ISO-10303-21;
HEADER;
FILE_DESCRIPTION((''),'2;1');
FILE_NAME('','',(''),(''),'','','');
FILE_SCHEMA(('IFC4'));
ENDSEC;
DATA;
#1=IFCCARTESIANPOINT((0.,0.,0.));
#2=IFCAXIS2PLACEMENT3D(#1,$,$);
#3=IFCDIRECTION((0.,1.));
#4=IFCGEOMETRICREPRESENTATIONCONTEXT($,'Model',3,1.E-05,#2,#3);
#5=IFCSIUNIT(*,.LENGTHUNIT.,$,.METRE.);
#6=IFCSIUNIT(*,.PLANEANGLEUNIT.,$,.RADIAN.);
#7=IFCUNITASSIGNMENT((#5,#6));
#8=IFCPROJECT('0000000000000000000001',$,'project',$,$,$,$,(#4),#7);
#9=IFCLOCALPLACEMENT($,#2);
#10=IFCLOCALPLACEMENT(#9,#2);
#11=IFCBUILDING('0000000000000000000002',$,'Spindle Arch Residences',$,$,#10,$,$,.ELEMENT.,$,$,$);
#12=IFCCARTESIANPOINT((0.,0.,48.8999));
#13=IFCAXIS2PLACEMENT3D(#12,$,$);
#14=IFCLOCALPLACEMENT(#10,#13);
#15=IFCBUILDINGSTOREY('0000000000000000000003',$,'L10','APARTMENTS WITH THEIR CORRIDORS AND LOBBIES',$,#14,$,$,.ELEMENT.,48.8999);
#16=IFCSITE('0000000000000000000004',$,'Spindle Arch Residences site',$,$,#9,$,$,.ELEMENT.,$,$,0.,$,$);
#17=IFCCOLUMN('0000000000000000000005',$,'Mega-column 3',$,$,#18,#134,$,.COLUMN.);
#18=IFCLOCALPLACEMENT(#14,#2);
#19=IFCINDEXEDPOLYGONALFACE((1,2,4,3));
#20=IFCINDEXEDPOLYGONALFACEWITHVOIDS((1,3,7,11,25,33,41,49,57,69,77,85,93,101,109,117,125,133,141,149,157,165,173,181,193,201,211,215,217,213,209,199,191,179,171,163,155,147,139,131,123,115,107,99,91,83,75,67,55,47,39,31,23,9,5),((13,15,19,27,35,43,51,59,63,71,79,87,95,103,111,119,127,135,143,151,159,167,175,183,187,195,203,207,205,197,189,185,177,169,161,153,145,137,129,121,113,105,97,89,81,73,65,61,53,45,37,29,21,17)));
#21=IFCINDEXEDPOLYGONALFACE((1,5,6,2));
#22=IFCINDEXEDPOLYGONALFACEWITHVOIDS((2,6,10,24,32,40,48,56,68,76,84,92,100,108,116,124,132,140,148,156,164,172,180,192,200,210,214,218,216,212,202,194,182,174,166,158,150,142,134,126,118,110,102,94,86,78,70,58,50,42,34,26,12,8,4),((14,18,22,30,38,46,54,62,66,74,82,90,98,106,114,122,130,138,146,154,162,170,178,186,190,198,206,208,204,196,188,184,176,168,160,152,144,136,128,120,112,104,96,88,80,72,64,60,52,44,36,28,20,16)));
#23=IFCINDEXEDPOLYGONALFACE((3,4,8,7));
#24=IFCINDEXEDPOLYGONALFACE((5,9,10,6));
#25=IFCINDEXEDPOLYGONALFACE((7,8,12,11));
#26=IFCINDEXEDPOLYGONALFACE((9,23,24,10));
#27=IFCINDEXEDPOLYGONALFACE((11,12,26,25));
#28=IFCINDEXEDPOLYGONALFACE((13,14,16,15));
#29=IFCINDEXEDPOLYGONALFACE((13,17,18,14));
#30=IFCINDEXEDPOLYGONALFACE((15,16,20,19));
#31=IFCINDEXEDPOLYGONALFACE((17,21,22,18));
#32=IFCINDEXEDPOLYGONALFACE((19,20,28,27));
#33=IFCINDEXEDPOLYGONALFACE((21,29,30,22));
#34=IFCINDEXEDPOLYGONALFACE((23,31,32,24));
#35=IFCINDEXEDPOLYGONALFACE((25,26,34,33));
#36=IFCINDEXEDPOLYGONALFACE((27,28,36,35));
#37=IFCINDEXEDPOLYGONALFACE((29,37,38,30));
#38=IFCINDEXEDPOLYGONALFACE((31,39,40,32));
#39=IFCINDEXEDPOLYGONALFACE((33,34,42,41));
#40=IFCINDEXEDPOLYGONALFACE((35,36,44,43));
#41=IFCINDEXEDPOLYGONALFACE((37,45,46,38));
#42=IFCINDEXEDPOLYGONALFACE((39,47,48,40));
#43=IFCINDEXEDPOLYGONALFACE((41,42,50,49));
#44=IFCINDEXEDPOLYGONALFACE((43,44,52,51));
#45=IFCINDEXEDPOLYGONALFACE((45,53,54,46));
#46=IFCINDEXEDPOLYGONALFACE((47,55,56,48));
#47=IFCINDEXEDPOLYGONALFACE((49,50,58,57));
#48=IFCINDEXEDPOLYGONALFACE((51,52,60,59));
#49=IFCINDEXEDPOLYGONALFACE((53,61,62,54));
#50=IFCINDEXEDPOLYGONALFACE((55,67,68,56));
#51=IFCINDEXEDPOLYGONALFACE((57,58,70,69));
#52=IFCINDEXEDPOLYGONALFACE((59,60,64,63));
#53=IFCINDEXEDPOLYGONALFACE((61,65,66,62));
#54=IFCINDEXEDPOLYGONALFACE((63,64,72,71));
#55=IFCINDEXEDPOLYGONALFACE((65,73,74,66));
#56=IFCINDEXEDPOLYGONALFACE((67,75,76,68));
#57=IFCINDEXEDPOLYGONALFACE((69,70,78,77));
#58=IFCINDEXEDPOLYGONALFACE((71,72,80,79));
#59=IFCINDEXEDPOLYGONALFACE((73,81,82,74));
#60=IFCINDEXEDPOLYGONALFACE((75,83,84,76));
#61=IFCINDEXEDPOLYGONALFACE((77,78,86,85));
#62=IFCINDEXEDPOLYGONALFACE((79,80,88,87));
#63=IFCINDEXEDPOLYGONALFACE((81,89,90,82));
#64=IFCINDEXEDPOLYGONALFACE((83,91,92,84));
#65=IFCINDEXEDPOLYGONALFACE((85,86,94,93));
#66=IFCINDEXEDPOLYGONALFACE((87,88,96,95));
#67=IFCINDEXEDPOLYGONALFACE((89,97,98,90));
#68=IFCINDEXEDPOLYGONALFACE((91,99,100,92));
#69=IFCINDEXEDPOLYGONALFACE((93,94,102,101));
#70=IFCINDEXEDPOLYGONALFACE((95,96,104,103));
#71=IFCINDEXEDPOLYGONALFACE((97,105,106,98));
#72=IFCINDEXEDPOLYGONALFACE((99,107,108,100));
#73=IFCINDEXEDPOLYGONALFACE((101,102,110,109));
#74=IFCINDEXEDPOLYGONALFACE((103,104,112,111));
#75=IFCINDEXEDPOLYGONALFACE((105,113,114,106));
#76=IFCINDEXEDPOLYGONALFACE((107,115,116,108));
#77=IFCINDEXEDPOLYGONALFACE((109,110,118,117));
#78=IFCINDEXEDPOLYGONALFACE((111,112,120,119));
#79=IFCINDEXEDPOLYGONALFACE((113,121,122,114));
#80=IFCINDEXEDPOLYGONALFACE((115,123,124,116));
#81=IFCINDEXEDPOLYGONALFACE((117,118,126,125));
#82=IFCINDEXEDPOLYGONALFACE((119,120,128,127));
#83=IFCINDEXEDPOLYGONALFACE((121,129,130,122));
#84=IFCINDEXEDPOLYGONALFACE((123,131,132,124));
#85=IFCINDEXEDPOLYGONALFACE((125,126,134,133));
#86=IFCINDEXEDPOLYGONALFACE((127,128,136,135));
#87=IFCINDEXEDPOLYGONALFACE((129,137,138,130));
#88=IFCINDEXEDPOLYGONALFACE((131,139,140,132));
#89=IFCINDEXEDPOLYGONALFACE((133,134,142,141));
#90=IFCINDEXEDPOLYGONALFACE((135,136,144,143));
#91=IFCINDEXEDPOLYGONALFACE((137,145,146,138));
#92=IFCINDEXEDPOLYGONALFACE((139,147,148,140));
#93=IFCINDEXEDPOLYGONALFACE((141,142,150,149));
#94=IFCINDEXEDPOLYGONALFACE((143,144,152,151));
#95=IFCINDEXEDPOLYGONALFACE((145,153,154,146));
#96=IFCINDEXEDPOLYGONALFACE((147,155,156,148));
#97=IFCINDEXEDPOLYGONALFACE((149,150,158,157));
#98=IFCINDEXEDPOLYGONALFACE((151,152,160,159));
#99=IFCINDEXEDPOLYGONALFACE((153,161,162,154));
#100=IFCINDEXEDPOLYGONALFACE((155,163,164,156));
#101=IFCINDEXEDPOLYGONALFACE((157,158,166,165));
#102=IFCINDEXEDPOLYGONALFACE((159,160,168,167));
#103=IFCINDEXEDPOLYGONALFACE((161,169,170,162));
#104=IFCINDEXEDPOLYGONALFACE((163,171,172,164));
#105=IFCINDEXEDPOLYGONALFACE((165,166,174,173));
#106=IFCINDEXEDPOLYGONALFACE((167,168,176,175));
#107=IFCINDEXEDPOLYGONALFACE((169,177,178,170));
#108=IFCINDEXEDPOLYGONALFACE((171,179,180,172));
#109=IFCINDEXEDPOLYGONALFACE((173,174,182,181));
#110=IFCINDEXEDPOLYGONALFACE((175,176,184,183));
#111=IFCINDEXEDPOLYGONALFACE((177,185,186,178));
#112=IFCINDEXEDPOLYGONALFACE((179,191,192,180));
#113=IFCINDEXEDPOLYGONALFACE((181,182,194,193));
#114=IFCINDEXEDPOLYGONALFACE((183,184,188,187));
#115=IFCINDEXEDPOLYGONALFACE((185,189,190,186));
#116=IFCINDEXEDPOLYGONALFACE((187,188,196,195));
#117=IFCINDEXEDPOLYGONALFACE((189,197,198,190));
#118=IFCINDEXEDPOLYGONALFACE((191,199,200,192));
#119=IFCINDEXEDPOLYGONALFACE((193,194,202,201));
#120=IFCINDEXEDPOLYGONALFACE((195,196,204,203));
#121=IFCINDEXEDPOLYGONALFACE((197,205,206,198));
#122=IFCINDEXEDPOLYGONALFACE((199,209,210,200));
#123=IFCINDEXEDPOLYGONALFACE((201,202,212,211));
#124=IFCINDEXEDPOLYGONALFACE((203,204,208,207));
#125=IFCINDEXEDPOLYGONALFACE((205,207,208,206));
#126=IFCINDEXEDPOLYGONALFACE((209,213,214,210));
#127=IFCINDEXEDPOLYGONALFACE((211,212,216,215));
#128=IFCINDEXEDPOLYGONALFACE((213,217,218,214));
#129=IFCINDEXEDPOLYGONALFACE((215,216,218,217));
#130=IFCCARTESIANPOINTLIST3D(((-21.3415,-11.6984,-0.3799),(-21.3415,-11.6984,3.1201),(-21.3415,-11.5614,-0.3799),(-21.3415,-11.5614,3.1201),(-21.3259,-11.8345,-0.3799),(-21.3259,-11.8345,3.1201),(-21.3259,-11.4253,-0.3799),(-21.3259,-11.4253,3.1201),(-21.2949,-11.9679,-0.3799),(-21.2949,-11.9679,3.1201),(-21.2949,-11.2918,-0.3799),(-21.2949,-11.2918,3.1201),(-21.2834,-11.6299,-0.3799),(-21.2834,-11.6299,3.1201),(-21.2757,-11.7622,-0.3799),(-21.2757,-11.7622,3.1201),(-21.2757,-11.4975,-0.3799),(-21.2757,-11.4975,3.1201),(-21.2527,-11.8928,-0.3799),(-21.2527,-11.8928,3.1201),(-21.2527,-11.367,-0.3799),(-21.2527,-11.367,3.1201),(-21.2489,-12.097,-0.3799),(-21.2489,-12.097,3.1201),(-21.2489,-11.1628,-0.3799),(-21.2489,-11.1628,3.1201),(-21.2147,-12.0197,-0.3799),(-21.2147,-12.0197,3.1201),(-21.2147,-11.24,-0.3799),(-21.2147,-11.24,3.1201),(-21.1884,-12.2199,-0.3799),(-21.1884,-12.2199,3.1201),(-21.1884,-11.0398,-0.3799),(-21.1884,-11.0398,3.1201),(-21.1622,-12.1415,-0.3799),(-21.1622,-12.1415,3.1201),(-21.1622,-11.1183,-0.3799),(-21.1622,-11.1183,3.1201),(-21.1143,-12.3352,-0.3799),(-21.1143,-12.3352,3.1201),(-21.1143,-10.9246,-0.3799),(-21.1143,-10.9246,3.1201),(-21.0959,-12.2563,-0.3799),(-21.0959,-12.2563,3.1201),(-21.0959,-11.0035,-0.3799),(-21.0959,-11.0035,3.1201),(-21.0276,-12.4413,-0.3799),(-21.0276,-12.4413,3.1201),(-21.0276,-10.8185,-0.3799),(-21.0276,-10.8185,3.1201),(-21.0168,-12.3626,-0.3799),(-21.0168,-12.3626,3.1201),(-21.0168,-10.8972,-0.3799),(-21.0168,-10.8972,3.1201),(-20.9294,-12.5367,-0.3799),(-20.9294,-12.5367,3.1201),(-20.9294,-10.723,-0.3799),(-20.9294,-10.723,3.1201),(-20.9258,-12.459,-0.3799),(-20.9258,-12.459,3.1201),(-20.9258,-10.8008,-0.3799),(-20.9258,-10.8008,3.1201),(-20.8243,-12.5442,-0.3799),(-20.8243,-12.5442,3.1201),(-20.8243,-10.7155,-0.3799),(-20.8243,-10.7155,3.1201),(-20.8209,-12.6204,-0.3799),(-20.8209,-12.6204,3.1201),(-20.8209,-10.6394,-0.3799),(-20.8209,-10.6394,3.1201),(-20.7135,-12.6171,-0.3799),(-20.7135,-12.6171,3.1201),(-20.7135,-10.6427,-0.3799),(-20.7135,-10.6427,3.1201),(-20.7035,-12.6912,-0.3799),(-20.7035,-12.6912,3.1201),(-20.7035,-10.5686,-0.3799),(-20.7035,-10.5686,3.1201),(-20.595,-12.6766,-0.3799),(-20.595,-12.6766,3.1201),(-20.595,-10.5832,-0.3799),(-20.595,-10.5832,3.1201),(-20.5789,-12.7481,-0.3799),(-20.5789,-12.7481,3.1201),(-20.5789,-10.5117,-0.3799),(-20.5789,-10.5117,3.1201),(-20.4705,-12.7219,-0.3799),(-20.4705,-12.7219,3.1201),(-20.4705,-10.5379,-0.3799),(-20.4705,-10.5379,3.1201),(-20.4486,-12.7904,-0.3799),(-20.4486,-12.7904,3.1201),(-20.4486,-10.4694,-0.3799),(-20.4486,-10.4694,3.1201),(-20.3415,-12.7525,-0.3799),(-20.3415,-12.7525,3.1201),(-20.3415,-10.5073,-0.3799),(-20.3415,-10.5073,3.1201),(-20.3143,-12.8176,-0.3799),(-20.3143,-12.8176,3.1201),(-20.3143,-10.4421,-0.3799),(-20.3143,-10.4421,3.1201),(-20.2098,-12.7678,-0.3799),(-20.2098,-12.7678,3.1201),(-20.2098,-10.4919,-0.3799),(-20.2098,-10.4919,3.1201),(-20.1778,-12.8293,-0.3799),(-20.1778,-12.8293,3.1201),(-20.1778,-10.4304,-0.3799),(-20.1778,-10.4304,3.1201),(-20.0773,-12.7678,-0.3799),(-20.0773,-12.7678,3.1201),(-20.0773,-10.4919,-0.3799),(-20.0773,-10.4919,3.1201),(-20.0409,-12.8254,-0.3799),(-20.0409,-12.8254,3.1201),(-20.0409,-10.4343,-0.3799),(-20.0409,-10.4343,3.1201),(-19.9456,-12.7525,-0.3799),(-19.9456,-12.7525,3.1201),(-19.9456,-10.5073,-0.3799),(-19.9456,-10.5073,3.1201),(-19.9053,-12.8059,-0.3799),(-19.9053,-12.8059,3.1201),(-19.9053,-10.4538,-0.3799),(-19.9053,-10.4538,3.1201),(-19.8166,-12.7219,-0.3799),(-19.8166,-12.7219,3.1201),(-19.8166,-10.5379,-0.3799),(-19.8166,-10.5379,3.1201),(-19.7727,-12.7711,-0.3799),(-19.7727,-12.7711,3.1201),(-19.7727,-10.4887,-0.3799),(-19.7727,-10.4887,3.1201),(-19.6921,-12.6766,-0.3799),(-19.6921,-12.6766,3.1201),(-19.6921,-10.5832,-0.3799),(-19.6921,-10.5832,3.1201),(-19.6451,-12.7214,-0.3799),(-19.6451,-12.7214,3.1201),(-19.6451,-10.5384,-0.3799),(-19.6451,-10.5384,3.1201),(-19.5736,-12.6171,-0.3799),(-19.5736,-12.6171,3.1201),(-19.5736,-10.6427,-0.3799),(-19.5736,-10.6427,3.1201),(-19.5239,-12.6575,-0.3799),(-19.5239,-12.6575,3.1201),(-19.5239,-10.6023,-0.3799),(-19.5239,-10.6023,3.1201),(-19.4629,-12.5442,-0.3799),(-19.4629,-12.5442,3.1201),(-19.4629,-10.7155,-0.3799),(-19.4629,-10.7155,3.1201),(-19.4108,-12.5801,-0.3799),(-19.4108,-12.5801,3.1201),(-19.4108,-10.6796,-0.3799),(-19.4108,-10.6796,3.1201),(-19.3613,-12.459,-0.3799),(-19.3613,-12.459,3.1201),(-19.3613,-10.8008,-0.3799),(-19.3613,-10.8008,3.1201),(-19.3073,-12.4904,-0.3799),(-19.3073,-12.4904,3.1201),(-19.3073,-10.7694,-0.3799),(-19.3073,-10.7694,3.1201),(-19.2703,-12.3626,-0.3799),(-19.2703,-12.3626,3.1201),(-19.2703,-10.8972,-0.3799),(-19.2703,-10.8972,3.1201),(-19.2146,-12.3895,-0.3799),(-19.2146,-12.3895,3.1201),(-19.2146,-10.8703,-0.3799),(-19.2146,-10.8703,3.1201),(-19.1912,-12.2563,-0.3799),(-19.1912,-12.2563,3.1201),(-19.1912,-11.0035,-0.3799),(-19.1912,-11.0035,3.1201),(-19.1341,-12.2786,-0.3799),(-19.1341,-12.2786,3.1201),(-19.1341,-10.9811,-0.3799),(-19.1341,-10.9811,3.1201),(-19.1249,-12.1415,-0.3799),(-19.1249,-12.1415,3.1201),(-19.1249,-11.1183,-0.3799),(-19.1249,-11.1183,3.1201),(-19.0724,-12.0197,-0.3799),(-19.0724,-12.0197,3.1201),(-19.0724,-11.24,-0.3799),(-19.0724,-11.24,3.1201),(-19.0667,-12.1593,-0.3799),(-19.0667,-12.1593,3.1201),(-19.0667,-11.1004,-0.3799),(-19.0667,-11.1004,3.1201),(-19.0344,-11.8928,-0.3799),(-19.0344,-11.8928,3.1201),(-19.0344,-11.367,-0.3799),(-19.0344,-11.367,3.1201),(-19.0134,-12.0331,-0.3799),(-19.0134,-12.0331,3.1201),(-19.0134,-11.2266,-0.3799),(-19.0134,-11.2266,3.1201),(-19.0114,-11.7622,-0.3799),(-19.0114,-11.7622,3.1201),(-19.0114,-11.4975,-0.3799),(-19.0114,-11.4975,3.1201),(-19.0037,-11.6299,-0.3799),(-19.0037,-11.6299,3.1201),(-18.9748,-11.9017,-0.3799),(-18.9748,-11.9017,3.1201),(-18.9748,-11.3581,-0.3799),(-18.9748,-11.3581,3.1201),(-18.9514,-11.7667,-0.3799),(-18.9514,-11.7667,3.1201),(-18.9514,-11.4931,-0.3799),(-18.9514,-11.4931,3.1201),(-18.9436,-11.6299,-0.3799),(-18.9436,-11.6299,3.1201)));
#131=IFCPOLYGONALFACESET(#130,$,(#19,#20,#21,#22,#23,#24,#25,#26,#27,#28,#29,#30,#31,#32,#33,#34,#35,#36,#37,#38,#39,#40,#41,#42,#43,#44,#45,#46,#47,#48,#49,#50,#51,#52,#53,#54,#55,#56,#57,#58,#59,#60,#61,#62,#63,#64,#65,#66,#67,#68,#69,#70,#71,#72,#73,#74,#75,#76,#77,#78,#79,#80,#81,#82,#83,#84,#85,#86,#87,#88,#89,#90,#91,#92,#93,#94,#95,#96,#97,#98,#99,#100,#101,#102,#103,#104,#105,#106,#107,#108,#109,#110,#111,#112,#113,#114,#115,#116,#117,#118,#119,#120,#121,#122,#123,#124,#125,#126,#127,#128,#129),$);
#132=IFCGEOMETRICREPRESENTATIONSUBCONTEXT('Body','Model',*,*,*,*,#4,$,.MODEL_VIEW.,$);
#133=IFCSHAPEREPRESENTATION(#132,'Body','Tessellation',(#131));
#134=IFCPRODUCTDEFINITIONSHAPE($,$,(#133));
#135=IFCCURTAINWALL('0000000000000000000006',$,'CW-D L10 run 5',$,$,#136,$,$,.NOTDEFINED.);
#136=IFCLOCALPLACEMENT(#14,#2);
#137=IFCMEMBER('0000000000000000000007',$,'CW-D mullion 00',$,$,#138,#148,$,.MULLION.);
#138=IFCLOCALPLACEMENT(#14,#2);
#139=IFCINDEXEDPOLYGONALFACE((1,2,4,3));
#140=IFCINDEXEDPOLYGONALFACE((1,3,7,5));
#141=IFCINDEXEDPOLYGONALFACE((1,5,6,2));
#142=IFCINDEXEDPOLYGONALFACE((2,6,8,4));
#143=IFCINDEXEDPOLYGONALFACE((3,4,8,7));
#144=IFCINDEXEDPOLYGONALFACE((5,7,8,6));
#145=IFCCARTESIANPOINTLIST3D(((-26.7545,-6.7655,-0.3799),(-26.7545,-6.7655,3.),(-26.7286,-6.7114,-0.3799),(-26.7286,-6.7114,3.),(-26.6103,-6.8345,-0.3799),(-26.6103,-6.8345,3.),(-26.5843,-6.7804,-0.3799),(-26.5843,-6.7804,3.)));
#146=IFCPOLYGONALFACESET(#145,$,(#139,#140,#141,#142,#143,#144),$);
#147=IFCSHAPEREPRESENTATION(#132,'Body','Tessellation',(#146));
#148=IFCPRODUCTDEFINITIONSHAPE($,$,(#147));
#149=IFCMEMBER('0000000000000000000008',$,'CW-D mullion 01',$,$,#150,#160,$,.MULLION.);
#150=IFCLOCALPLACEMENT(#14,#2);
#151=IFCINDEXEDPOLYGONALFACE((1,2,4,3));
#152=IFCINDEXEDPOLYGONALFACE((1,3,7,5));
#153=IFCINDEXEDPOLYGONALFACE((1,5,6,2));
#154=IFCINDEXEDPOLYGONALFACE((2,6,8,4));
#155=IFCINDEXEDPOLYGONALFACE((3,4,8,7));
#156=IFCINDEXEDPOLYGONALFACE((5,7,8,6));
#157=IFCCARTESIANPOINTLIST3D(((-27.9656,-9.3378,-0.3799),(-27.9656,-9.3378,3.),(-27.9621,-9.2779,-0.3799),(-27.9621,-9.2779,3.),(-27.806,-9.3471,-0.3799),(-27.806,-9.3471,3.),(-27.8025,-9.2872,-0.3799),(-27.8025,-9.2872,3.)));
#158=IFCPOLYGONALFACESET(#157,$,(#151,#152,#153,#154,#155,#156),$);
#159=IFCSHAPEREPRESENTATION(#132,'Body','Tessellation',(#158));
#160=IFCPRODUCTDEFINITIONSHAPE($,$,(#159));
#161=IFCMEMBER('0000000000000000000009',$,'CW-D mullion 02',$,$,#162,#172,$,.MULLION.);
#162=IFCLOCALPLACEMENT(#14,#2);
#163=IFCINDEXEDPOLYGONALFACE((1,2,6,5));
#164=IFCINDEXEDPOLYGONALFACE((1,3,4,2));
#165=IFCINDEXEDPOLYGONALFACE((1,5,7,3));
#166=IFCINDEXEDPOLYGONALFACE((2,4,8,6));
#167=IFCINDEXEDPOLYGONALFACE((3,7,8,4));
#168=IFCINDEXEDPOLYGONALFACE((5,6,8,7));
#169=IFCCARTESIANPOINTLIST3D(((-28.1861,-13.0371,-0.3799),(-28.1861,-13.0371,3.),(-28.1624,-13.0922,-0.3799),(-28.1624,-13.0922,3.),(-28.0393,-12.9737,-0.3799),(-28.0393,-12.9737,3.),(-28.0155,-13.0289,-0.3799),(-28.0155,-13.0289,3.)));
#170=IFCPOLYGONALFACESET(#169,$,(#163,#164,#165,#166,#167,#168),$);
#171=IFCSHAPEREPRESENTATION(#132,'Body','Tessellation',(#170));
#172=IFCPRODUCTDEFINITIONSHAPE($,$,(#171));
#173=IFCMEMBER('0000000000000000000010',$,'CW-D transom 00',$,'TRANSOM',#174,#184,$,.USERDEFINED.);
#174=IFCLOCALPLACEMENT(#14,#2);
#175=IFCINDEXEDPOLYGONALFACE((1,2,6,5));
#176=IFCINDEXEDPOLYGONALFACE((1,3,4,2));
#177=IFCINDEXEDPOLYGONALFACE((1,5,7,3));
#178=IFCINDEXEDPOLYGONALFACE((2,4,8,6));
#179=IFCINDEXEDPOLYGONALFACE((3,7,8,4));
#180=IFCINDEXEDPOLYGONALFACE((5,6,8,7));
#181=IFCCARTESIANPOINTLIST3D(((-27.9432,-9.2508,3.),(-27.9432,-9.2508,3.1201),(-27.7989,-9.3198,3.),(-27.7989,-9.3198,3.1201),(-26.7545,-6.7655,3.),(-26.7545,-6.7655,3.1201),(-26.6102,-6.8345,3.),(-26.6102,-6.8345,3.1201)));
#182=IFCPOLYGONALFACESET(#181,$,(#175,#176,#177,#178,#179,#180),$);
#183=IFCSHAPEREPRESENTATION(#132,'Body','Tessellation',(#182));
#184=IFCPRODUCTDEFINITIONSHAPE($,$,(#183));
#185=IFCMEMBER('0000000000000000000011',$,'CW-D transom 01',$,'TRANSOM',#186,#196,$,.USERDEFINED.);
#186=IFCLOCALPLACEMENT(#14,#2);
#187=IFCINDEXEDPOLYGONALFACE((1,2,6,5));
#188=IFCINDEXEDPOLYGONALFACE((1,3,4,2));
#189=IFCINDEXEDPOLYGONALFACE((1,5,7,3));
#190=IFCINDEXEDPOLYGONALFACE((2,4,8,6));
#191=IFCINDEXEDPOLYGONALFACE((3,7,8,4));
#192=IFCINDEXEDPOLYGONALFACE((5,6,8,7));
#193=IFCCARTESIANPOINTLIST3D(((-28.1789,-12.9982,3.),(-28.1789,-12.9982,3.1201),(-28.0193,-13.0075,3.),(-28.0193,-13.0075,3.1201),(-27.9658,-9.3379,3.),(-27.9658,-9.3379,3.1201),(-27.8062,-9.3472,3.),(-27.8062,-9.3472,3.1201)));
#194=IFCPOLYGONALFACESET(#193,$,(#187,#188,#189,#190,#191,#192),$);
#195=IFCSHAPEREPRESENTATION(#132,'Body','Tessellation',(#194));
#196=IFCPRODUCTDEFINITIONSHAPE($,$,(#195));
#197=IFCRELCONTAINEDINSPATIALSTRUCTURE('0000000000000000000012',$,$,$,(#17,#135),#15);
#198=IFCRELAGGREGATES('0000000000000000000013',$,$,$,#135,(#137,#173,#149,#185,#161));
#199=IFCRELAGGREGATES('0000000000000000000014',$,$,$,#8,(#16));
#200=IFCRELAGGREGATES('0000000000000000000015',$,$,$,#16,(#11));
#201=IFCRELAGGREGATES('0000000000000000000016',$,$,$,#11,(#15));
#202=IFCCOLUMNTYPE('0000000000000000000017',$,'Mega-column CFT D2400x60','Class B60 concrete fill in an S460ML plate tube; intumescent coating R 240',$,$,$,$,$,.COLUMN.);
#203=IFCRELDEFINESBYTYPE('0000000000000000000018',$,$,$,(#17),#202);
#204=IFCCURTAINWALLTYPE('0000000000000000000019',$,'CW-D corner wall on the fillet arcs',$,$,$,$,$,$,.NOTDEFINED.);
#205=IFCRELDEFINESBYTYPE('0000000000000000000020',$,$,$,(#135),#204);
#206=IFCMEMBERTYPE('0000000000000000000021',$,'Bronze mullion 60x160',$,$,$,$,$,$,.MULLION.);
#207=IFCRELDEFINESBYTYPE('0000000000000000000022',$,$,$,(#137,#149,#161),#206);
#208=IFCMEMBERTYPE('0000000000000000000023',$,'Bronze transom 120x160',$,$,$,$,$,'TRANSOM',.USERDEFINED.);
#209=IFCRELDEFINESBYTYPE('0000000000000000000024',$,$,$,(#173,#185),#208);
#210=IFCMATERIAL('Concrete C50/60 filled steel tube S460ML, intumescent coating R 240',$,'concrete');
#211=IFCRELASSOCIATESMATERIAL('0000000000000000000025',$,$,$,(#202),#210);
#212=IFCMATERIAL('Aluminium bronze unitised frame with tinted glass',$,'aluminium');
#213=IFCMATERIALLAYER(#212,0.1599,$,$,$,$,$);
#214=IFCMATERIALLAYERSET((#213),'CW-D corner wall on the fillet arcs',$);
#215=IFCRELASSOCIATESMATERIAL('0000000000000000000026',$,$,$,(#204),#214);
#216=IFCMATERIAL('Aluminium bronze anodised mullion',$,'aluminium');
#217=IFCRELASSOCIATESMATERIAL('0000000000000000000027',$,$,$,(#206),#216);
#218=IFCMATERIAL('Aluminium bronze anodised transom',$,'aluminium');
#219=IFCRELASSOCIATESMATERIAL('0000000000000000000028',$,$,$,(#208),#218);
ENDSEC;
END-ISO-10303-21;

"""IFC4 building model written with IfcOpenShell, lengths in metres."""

from ifc_helpers import new_model, si_unit, direction, frame, origin, origin_2d, place, context, subcontext, project, spatial, rectangle, hollow_circle, extrude, material, layer, layer_set, material_profile, profile_set, type_object, element, aggregate, save


model = new_model("IFC4")

# Units and contexts
model_context = context("Model", 3, precision=1e-05, world=origin(), true_north=direction((0.0, 1.0)))
body_context = subcontext(model_context, "Body", "Model", "MODEL_VIEW")
ifc_project = project(units=[si_unit("LENGTHUNIT", "METRE"), si_unit("PLANEANGLEUNIT", "RADIAN")], contexts=[model_context])

# Site, building, storey
site_placement = place(None, origin())
site = spatial("IfcSite", under=ifc_project, at=site_placement, Name="Spindle Arch Residences site", CompositionType="ELEMENT", RefElevation=0.0)
building_placement = place(site_placement, origin())
building = spatial("IfcBuilding", under=site, at=building_placement, Name="Spindle Arch Residences", CompositionType="ELEMENT")
storey_placement = place(building_placement, frame((0.0, 0.0, 48.8999)))
storey = spatial("IfcBuildingStorey", under=building, at=storey_placement, Name="L10", Description="APARTMENTS WITH THEIR CORRIDORS AND LOBBIES", CompositionType="ELEMENT", Elevation=48.8999)

# Column
ifc_material_1 = material(Name="Concrete C50/60 filled steel tube S460ML, intumescent coating R 240", Category="concrete")
ifc_material_profile_1 = material_profile(ifc_material_1, hollow_circle(Radius=1.2, WallThickness=0.0601, at=origin_2d()), Name="CFT D2400x60")
ifc_profile_set_1 = profile_set([ifc_material_profile_1], Name="Concrete C50/60 filled steel tube S460ML, intumescent coating R 240")
column_type_1 = type_object("IfcColumnType", Name="Mega-column CFT D2400x60", Description="Class B60 concrete fill in an S460ML plate tube; intumescent coating R 240", PredefinedType="COLUMN", material=ifc_profile_set_1)
column_placement = place(storey_placement, frame((-20.1436, -11.6299, -0.3799), z_axis=(0.0, 0.0, 1.0), x_axis=(1.0, 0.0, 0.0)))
element("IfcColumn", 1, at=column_placement, inside=storey, type_object=column_type_1, Name="Mega-column 3", PredefinedType="COLUMN", context=body_context, shape_type="SweptSolid", body=[
    extrude(hollow_circle(Radius=1.2, WallThickness=0.0601, at=origin_2d()), origin(), (0.0, 0.0, 1.0), 3.5),
])

# Curtain wall, members
ifc_material_2 = material(Name="Aluminium bronze unitised frame with tinted glass", Category="aluminium")
ifc_layer_1 = layer(ifc_material_2, 0.1599)
ifc_layer_set_1 = layer_set([ifc_layer_1], Name="CW-D corner wall on the fillet arcs")
curtain_wall_type_1 = type_object("IfcCurtainWallType", Name="CW-D corner wall on the fillet arcs", PredefinedType="NOTDEFINED", material=ifc_layer_set_1)
curtain_wall_1_placement = place(storey_placement, origin())
curtain_wall_1 = element("IfcCurtainWall", 2, at=curtain_wall_1_placement, inside=storey, type_object=curtain_wall_type_1, Name="CW-D L10 run 5", PredefinedType="NOTDEFINED")
ifc_material_3 = material(Name="Aluminium bronze anodised mullion", Category="aluminium")
ifc_material_profile_2 = material_profile(ifc_material_3, rectangle(XDim=0.1599, YDim=0.0601, at=origin_2d()), Name="MU 60x160")
ifc_profile_set_2 = profile_set([ifc_material_profile_2], Name="Aluminium bronze anodised mullion")
member_type_1 = type_object("IfcMemberType", Name="Bronze mullion 60x160", PredefinedType="MULLION", material=ifc_profile_set_2)
member_1_placement = place(storey_placement, frame((-26.6694, -6.7729, -0.3799), z_axis=(0.0, 0.0, 1.0), x_axis=(0.902112, -0.431502, 0.0)))
member_1 = element("IfcMember", 3, at=member_1_placement, type_object=member_type_1, Name="CW-D mullion 00", PredefinedType="MULLION", context=body_context, shape_type="SweptSolid", body=[
    extrude(rectangle(XDim=0.1599, YDim=0.0601, at=origin_2d()), origin(), (0.0, 0.0, 1.0), 3.3799),
])
member_2_placement = place(storey_placement, frame((-27.884, -9.3125, -0.3799), z_axis=(0.0, 0.0, 1.0), x_axis=(0.998308, -0.058145, 0.0)))
member_2 = element("IfcMember", 4, at=member_2_placement, type_object=member_type_1, Name="CW-D mullion 01", PredefinedType="MULLION", context=body_context, shape_type="SweptSolid", body=[
    extrude(rectangle(XDim=0.1599, YDim=0.0601, at=origin_2d()), origin(), (0.0, 0.0, 1.0), 3.3799),
])
member_3_placement = place(storey_placement, frame((-28.1008, -13.033, -0.3799), z_axis=(0.0, 0.0, 1.0), x_axis=(0.918216, 0.39608, 0.0)))
member_3 = element("IfcMember", 5, at=member_3_placement, type_object=member_type_1, Name="CW-D mullion 02", PredefinedType="MULLION", context=body_context, shape_type="SweptSolid", body=[
    extrude(rectangle(XDim=0.1599, YDim=0.0601, at=origin_2d()), origin(), (0.0, 0.0, 1.0), 3.3799),
])
ifc_material_4 = material(Name="Aluminium bronze anodised transom", Category="aluminium")
ifc_material_profile_3 = material_profile(ifc_material_4, rectangle(XDim=0.1599, YDim=0.1201, at=origin_2d()), Name="TR 120x160")
ifc_profile_set_3 = profile_set([ifc_material_profile_3], Name="Aluminium bronze anodised transom")
member_type_2 = type_object("IfcMemberType", Name="Bronze transom 120x160", ElementType="TRANSOM", PredefinedType="USERDEFINED", material=ifc_profile_set_3)
member_4_placement = place(storey_placement, frame((-26.6824, -6.8, 3.0601), z_axis=(-0.431477, -0.902124, 0.0), x_axis=(0.902124, -0.431477, 0.0)))
member_4 = element("IfcMember", 6, at=member_4_placement, type_object=member_type_2, Name="CW-D transom 00", ObjectType="TRANSOM", PredefinedType="USERDEFINED", context=body_context, shape_type="SweptSolid", body=[
    extrude(rectangle(XDim=0.1599, YDim=0.1201, at=origin_2d()), origin(), (0.0, 0.0, 1.0), 2.7549),
])
member_5_placement = place(storey_placement, frame((-27.886, -9.3425, 3.0601), z_axis=(-0.058129, -0.998309, 0.0), x_axis=(0.998309, -0.058129, 0.0)))
member_5 = element("IfcMember", 7, at=member_5_placement, type_object=member_type_2, Name="CW-D transom 01", ObjectType="TRANSOM", PredefinedType="USERDEFINED", context=body_context, shape_type="SweptSolid", body=[
    extrude(rectangle(XDim=0.1599, YDim=0.1201, at=origin_2d()), origin(), (0.0, 0.0, 1.0), 3.6665),
])

aggregate(curtain_wall_1, [member_1, member_4, member_2, member_5, member_3])

save(model, "model.ifc")
